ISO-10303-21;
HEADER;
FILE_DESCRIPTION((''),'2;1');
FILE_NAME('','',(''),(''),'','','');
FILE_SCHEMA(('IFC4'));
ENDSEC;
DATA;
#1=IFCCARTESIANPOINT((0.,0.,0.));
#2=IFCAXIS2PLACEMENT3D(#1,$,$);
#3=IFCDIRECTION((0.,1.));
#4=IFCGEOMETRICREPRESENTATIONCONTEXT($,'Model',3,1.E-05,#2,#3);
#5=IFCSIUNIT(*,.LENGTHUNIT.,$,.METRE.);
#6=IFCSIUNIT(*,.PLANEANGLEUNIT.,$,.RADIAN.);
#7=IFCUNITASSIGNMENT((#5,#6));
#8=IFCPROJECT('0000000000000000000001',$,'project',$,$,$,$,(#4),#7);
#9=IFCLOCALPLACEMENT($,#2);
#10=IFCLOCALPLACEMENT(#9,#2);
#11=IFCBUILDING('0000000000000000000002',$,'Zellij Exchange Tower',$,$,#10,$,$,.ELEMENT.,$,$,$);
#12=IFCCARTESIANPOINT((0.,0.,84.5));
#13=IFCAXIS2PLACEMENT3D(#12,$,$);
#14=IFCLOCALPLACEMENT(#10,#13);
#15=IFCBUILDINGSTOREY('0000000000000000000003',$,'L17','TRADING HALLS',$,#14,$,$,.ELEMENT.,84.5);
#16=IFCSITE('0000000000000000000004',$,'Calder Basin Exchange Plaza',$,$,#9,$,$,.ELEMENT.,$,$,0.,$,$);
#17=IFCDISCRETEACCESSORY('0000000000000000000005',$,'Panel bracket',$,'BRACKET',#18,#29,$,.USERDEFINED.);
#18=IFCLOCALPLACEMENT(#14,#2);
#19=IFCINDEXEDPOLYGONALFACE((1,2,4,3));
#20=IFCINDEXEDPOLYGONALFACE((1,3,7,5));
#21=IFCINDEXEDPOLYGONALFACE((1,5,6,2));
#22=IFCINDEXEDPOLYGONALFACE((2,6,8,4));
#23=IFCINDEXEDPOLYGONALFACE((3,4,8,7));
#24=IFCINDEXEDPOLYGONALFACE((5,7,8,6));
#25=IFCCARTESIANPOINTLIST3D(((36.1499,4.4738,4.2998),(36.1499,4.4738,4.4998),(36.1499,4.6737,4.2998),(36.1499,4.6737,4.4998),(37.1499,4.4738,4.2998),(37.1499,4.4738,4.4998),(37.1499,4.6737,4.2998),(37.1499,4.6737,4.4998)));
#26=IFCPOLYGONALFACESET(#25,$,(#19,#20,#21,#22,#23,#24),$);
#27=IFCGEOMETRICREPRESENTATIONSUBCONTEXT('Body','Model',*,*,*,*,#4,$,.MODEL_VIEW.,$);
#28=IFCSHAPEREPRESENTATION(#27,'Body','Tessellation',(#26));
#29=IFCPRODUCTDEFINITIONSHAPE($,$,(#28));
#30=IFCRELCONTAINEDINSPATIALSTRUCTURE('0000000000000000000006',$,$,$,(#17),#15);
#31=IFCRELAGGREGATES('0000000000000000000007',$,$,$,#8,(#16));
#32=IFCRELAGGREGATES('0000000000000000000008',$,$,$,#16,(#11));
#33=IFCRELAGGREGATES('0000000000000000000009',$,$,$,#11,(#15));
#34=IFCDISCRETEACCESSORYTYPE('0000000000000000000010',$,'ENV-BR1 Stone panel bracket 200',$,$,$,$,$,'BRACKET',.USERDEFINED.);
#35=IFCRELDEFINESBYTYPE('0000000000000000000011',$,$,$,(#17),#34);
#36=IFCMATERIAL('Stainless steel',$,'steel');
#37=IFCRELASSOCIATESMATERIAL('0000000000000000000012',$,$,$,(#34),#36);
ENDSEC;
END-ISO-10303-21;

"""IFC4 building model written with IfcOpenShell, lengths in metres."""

from ifc_helpers import new_model, si_unit, direction, frame, origin, origin_2d, place, context, subcontext, project, spatial, rectangle, extrude, material, type_object, element, save


model = new_model("IFC4")

# Units and contexts
model_context = context("Model", 3, precision=1e-05, world=origin(), true_north=direction((0.0, 1.0)))
body_context = subcontext(model_context, "Body", "Model", "MODEL_VIEW")
ifc_project = project(units=[si_unit("LENGTHUNIT", "METRE"), si_unit("PLANEANGLEUNIT", "RADIAN")], contexts=[model_context])

# Site, building, storey
site_placement = place(None, origin())
site = spatial("IfcSite", under=ifc_project, at=site_placement, Name="Calder Basin Exchange Plaza", CompositionType="ELEMENT", RefElevation=0.0)
building_placement = place(site_placement, origin())
building = spatial("IfcBuilding", under=site, at=building_placement, Name="Zellij Exchange Tower", CompositionType="ELEMENT")
storey_placement = place(building_placement, frame((0.0, 0.0, 84.5)))
storey = spatial("IfcBuildingStorey", under=building, at=storey_placement, Name="L17", Description="TRADING HALLS", CompositionType="ELEMENT", Elevation=84.5)

# Discrete accessory
ifc_material_1 = material(Name="Stainless steel", Category="steel")
discrete_accessory_type = type_object("IfcDiscreteAccessoryType", Name="ENV-BR1 Stone panel bracket 200", ElementType="BRACKET", PredefinedType="USERDEFINED", material=ifc_material_1)
for number, where, z_axis, x_axis, name in (
    (1, (36.6499, 4.5737, 4.2998), (0.0, 0.0, 1.0), (0.0, 1.0, 0.0), "Panel bracket"),
):
    element("IfcDiscreteAccessory", number, at=place(storey_placement, frame(where, z_axis=z_axis, x_axis=x_axis)), inside=storey, type_object=discrete_accessory_type, Name=name, ObjectType="BRACKET", PredefinedType="USERDEFINED", context=body_context, shape_type="SweptSolid", body=[
        extrude(rectangle(XDim=0.2, YDim=1.0, at=origin_2d()), origin(), (0.0, 0.0, 1.0), 0.2),
    ])

save(model, "model.ifc")
